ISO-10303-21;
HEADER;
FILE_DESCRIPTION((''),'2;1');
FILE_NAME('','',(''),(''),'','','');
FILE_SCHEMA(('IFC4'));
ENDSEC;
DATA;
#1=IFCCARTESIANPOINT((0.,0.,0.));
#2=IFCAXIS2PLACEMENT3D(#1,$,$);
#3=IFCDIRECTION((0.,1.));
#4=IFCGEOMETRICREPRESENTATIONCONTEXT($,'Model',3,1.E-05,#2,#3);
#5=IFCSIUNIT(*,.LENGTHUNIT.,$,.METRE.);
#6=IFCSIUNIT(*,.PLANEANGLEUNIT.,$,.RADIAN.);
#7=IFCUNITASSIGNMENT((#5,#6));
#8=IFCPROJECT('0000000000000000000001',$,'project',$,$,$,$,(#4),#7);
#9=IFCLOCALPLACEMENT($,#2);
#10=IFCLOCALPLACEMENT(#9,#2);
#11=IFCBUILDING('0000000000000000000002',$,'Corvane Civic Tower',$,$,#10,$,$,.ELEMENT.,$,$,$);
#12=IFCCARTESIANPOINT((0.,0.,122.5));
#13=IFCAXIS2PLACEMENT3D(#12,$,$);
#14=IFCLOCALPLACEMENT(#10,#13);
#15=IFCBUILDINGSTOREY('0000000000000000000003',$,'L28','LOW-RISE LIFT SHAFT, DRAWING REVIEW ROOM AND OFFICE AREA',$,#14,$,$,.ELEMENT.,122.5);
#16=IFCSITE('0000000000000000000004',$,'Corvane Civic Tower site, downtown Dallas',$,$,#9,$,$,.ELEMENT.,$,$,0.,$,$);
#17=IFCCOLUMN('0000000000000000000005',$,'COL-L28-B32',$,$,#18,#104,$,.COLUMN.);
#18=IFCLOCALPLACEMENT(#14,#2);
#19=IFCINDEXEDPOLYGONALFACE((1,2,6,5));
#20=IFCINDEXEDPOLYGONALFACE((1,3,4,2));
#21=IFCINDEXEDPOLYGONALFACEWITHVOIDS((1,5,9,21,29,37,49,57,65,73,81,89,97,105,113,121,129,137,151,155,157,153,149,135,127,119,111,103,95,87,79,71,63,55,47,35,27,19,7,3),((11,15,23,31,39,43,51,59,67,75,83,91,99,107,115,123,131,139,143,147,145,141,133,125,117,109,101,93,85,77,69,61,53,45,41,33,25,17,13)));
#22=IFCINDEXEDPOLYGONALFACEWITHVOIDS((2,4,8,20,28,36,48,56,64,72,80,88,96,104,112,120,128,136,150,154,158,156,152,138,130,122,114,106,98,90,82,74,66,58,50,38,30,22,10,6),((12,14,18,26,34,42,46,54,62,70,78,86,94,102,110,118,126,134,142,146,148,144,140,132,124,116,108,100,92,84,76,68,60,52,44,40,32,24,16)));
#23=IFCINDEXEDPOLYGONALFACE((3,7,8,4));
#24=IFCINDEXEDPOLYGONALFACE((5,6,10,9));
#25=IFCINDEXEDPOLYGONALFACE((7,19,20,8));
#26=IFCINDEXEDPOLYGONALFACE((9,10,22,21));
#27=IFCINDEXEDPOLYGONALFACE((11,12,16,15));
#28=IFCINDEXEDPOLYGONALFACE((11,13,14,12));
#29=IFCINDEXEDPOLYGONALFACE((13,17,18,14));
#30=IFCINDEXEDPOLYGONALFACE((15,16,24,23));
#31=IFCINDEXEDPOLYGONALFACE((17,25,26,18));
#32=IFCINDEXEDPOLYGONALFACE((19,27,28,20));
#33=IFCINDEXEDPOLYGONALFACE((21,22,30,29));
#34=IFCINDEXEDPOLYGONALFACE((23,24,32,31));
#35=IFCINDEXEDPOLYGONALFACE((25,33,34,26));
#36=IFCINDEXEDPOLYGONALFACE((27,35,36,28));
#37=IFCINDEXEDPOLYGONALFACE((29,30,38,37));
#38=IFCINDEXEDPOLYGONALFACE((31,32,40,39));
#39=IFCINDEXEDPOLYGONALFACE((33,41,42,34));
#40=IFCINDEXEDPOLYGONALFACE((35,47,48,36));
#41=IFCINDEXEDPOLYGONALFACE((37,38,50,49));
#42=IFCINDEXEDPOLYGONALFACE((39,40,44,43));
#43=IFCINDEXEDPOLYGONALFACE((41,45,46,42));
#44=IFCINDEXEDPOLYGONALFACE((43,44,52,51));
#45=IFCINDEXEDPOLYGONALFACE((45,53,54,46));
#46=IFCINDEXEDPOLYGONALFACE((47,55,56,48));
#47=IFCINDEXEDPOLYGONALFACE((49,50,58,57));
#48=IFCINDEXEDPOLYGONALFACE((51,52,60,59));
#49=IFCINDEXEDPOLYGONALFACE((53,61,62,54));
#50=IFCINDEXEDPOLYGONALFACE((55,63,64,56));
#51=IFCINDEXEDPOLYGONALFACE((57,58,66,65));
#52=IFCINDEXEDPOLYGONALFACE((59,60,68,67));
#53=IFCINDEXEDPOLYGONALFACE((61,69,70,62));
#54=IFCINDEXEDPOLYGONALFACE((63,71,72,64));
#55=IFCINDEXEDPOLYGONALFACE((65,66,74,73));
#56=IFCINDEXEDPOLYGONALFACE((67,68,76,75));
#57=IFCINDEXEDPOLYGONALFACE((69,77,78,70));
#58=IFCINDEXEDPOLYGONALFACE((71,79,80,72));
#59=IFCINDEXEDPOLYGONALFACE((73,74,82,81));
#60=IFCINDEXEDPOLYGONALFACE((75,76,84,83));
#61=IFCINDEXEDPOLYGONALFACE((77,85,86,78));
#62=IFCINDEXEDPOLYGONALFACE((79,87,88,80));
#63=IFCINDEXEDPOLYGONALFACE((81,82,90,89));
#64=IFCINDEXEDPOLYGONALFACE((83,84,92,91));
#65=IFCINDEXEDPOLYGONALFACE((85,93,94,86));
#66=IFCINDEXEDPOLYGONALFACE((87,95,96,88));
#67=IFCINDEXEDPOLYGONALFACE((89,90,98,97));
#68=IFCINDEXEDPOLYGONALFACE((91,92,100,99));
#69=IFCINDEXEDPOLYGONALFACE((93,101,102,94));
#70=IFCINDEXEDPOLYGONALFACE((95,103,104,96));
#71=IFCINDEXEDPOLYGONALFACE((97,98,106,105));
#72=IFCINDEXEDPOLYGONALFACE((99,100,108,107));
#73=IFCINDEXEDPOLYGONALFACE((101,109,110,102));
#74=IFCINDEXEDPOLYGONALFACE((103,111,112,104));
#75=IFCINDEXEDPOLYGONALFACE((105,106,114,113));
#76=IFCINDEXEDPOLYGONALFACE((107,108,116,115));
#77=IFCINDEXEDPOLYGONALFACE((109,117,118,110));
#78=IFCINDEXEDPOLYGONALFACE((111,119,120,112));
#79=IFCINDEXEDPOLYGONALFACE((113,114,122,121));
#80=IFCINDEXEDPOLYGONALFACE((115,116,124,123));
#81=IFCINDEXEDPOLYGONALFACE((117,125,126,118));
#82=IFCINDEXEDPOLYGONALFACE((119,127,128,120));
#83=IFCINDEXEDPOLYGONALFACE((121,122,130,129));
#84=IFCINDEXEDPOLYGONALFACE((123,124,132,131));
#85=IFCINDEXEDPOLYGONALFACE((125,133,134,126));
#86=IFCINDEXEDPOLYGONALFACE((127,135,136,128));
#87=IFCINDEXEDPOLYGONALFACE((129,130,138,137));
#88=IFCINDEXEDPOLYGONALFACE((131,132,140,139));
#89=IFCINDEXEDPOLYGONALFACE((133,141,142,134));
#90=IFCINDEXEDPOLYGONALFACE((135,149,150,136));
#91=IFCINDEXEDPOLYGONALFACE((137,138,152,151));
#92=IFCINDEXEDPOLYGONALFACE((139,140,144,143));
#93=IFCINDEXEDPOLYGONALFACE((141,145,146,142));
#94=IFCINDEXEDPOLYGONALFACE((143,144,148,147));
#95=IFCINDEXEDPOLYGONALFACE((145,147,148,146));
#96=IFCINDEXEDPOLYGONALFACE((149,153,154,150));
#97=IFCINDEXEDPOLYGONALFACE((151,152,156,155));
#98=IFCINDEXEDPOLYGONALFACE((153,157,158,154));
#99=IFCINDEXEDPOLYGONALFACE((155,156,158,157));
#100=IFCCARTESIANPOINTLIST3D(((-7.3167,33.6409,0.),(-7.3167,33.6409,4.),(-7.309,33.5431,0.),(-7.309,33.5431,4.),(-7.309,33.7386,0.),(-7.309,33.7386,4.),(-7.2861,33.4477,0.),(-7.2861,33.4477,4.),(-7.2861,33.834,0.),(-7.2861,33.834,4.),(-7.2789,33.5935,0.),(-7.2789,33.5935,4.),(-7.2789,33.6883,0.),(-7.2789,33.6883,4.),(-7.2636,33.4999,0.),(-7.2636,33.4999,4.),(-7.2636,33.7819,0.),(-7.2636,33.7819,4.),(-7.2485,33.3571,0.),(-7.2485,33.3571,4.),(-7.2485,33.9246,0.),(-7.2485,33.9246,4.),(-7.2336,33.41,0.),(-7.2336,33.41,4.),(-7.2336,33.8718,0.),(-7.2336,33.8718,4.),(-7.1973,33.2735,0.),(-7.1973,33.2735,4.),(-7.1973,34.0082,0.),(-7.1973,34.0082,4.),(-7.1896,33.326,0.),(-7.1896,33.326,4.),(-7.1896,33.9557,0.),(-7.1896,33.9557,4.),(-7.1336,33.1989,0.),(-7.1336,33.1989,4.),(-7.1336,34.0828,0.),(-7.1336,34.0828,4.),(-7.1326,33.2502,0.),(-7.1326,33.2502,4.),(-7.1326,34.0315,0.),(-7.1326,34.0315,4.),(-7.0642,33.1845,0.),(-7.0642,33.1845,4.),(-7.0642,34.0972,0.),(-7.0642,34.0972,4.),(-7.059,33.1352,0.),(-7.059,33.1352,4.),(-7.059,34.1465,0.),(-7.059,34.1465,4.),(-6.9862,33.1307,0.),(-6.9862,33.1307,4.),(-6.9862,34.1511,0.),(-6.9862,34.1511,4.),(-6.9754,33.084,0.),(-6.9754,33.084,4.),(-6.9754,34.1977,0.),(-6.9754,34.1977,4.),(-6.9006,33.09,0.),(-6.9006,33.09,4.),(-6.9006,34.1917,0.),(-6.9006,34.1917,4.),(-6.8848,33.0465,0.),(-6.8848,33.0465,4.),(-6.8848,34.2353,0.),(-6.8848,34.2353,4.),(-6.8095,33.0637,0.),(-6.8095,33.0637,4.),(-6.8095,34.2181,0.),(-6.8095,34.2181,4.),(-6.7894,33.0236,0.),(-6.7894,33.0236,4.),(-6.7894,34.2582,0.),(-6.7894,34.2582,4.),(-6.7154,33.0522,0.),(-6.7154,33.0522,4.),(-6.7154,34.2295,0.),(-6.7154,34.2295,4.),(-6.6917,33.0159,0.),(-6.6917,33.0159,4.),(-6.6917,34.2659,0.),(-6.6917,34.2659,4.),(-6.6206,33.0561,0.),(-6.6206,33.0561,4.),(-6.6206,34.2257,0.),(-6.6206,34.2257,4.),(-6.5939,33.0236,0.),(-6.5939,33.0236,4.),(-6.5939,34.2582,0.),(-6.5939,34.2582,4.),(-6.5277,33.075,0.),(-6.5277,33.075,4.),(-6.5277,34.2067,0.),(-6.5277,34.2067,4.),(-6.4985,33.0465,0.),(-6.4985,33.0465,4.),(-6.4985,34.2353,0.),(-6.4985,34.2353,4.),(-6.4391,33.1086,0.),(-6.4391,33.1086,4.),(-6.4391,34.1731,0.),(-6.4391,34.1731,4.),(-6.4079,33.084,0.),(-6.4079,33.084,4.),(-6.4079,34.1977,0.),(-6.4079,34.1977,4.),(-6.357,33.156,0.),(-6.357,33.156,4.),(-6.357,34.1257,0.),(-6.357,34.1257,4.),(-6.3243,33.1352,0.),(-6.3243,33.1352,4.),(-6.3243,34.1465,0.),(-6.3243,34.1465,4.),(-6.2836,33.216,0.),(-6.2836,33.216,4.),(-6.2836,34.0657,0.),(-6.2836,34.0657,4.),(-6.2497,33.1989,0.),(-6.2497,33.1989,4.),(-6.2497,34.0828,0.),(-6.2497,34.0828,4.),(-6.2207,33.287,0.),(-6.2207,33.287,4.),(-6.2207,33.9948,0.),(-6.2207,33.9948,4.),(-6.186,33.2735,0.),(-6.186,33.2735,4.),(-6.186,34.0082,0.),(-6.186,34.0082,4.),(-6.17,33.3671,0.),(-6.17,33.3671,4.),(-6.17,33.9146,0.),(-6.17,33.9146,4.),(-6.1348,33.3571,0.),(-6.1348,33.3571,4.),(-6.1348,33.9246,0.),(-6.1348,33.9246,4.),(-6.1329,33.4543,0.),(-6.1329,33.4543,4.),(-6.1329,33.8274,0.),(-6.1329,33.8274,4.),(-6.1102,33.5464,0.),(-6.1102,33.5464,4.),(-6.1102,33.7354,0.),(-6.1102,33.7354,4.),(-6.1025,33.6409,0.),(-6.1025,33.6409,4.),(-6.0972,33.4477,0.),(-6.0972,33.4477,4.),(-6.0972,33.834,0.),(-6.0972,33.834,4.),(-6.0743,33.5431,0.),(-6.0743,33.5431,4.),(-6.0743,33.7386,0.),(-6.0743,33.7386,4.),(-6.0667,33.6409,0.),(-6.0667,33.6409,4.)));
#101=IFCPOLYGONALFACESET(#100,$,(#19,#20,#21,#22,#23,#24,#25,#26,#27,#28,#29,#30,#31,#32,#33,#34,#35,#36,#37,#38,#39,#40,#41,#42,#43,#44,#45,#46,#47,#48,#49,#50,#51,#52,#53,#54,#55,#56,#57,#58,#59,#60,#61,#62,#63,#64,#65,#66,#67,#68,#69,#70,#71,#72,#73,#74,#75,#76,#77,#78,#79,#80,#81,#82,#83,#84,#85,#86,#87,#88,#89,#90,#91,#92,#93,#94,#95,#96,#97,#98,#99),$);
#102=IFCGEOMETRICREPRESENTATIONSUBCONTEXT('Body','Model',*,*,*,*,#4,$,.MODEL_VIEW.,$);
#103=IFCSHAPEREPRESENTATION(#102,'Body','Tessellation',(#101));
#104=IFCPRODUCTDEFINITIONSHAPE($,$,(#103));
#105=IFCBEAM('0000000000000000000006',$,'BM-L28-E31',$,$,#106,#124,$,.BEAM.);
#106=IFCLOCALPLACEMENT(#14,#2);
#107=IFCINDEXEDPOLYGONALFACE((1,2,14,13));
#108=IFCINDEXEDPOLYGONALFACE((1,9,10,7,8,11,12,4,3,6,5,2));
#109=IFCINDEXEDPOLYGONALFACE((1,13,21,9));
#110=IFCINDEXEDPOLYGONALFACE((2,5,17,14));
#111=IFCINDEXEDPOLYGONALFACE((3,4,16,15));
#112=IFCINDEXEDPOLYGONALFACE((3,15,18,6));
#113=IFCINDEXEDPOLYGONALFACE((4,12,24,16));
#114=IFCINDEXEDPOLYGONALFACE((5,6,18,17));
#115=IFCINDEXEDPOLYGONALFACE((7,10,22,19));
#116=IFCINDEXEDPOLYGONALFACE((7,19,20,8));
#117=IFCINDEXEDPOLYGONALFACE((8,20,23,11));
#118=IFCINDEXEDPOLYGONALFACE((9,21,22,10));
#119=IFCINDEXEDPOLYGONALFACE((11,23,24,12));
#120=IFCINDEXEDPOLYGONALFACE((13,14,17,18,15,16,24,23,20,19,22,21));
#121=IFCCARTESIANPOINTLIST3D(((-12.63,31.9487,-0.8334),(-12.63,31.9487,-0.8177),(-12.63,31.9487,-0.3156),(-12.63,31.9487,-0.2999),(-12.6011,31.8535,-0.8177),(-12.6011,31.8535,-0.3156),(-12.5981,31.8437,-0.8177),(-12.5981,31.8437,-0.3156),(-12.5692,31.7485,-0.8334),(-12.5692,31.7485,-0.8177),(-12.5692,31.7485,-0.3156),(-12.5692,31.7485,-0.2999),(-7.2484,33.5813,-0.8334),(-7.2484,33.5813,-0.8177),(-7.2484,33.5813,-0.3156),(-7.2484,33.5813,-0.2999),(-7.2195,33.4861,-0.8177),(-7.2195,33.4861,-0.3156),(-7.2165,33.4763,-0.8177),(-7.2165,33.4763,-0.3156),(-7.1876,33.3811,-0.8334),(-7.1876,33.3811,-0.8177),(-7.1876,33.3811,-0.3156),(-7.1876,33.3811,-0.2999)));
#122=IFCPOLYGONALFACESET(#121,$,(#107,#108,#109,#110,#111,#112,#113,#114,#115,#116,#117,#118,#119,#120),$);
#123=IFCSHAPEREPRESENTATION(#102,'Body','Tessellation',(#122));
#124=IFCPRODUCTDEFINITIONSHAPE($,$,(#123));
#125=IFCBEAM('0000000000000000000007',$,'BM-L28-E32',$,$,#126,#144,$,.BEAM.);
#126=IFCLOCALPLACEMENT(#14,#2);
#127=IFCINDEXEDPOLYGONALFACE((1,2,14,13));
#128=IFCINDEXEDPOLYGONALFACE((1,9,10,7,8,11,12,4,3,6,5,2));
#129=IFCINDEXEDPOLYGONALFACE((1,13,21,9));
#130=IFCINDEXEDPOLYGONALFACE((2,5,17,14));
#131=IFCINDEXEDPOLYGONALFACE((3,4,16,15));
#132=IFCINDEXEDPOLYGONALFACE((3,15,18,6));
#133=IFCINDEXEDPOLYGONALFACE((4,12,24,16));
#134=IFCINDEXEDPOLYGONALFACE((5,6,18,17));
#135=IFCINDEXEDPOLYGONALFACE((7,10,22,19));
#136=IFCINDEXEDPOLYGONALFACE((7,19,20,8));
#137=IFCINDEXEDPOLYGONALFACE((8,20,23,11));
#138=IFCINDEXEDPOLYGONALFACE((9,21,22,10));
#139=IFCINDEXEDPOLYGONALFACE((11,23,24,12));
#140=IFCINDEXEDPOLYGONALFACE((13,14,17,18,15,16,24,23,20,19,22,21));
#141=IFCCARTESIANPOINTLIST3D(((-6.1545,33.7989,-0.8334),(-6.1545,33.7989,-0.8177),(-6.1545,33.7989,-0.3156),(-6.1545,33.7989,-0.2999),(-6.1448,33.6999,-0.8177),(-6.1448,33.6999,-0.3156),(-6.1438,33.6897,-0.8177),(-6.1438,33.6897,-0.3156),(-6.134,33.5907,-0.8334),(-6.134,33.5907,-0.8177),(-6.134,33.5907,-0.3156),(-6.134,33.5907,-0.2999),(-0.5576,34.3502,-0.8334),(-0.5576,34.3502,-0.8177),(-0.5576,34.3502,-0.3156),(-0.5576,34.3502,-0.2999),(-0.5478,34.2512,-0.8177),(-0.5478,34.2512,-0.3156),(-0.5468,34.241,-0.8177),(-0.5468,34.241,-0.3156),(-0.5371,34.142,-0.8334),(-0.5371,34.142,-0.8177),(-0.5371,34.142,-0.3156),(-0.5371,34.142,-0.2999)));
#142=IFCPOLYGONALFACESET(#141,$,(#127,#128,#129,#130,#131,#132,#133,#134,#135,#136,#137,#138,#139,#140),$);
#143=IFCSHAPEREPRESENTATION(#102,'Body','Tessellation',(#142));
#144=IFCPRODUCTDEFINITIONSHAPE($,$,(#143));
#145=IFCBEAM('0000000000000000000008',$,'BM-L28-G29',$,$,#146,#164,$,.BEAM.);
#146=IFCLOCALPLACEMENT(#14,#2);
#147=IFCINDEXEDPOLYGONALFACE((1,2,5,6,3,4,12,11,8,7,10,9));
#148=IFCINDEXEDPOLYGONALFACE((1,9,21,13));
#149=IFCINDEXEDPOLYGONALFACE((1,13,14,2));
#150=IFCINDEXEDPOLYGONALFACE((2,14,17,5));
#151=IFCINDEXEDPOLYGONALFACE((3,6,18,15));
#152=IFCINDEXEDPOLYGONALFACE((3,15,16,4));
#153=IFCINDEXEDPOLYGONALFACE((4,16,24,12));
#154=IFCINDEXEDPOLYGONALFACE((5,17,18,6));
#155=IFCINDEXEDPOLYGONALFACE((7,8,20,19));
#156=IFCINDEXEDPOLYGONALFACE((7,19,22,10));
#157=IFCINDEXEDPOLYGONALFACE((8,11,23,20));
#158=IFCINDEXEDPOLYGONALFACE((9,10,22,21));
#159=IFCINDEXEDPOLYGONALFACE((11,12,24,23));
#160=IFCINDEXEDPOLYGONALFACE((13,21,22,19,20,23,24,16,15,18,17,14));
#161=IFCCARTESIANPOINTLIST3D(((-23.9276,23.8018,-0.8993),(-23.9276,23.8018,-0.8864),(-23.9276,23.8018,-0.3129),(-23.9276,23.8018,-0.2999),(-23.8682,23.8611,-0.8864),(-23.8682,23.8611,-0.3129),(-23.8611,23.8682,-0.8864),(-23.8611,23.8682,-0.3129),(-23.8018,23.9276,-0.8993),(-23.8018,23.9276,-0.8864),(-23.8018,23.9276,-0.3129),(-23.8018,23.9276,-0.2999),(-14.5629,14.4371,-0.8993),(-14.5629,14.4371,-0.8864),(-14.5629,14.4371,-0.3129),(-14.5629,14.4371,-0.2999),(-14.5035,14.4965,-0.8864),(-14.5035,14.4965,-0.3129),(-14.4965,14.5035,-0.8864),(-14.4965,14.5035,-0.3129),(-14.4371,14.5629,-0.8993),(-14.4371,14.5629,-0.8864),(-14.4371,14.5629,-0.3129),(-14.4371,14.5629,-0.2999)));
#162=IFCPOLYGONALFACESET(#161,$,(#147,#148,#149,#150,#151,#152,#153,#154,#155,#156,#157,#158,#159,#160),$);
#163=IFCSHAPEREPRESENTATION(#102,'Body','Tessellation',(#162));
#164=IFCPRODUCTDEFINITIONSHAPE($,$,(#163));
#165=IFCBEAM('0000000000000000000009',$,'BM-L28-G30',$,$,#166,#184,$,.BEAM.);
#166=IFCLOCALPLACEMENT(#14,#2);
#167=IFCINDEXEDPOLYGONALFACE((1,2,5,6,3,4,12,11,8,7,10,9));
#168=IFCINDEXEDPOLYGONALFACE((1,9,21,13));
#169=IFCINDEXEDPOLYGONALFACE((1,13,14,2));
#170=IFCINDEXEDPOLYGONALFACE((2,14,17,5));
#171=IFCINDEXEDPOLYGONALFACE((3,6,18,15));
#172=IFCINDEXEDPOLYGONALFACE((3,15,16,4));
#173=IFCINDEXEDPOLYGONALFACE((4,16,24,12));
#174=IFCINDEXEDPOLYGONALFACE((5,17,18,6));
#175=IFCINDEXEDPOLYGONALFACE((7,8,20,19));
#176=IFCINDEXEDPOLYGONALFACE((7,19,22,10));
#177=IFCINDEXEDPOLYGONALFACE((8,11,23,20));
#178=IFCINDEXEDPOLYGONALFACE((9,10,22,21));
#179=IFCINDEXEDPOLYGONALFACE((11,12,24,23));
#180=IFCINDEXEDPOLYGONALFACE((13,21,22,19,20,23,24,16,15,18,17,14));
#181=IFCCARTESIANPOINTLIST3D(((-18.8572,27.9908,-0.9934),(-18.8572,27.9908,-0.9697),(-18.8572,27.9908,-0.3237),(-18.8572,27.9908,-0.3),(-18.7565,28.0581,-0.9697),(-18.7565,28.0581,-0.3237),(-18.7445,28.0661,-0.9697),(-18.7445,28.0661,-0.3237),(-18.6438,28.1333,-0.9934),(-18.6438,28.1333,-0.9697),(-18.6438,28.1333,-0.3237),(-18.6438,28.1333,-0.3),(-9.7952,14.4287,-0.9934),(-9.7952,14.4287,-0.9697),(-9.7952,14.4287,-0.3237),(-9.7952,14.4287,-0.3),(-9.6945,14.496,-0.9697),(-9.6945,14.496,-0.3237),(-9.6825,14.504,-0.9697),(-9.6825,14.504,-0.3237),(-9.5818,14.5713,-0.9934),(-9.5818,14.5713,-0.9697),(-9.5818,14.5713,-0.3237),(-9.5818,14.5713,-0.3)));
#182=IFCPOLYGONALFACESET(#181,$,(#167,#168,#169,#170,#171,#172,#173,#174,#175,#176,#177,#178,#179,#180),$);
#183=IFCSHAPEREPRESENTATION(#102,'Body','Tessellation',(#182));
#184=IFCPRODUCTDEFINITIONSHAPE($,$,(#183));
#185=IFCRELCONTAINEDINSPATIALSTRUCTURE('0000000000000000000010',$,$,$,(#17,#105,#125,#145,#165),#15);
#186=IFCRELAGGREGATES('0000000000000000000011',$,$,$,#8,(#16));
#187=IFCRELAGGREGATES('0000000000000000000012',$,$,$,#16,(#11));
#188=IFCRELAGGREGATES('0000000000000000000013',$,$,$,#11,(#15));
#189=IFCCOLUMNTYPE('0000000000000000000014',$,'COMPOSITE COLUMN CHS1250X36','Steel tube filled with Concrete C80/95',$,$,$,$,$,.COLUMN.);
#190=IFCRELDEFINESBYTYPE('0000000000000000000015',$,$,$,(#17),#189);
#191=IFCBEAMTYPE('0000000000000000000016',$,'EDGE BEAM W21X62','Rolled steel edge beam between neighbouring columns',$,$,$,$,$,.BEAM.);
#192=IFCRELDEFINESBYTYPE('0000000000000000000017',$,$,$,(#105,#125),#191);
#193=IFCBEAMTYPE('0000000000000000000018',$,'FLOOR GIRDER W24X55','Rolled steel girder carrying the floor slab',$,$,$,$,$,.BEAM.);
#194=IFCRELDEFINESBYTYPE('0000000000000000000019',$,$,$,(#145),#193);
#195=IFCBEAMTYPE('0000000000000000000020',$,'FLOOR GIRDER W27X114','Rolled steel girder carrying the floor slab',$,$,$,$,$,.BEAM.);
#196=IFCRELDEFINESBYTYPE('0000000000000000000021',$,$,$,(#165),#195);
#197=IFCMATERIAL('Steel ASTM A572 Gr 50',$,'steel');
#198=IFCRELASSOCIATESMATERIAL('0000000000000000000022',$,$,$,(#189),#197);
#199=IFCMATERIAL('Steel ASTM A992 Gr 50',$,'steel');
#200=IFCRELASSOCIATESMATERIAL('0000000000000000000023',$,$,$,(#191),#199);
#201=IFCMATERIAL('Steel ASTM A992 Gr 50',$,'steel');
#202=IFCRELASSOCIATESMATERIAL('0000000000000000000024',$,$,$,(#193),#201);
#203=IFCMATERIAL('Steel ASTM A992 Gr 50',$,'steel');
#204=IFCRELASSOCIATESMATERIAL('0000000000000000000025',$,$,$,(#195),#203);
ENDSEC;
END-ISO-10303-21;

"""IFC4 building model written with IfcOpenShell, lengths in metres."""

from ifc_helpers import new_model, si_unit, direction, frame, origin, origin_2d, place, context, subcontext, project, spatial, hollow_circle, i_section, extrude, material, material_profile, profile_set, type_object, element, save


model = new_model("IFC4")

# Units and contexts
model_context = context("Model", 3, precision=1e-05, world=origin(), true_north=direction((0.0, 1.0)))
body_context = subcontext(model_context, "Body", "Model", "MODEL_VIEW")
ifc_project = project(units=[si_unit("LENGTHUNIT", "METRE"), si_unit("PLANEANGLEUNIT", "RADIAN")], contexts=[model_context])

# Site, building, storey
site_placement = place(None, origin())
site = spatial("IfcSite", under=ifc_project, at=site_placement, Name="Corvane Civic Tower site, downtown Dallas", CompositionType="ELEMENT", RefElevation=0.0)
building_placement = place(site_placement, origin())
building = spatial("IfcBuilding", under=site, at=building_placement, Name="Corvane Civic Tower", CompositionType="ELEMENT")
storey_placement = place(building_placement, frame((0.0, 0.0, 122.5)))
storey = spatial("IfcBuildingStorey", under=building, at=storey_placement, Name="L28", Description="LOW-RISE LIFT SHAFT, DRAWING REVIEW ROOM AND OFFICE AREA", CompositionType="ELEMENT", Elevation=122.5)

# Column
ifc_material_1 = material(Name="Steel ASTM A572 Gr 50", Category="steel")
ifc_material_profile_1 = material_profile(ifc_material_1, hollow_circle(Radius=0.625, WallThickness=0.0359, at=origin_2d()), Name="CHS1250X36")
ifc_profile_set_1 = profile_set([ifc_material_profile_1], Name="Steel ASTM A572 Gr 50")
column_type = type_object("IfcColumnType", Name="COMPOSITE COLUMN CHS1250X36", Description="Steel tube filled with Concrete C80/95", PredefinedType="COLUMN", material=ifc_profile_set_1)
for number, where, z_axis, x_axis, name in (
    (1, (-6.6917, 33.6409, 0.0), (0.0, 0.0, 1.0), (1.0, 0.0, 0.0), "COL-L28-B32"),
):
    element("IfcColumn", number, at=place(storey_placement, frame(where, z_axis=z_axis, x_axis=x_axis)), inside=storey, type_object=column_type, Name=name, PredefinedType="COLUMN", context=body_context, shape_type="SweptSolid", body=[
        extrude(hollow_circle(Radius=0.625, WallThickness=0.0359, at=origin_2d()), origin(), (0.0, 0.0, 1.0), 4.0),
    ])

# Beams
ifc_material_2 = material(Name="Steel ASTM A992 Gr 50", Category="steel")
ifc_material_profile_2 = material_profile(ifc_material_2, i_section(OverallWidth=0.2092, OverallDepth=0.5334, WebThickness=0.0103, FlangeThickness=0.0156, at=origin_2d()), Name="W21X62")
ifc_profile_set_2 = profile_set([ifc_material_profile_2], Name="Steel ASTM A992 Gr 50")
beam_type_1 = type_object("IfcBeamType", Name="EDGE BEAM W21X62", Description="Rolled steel edge beam between neighbouring columns", PredefinedType="BEAM", material=ifc_profile_set_2)
beam_1_placement = place(storey_placement, frame((-12.5996, 31.8486, -0.5667), z_axis=(0.956936, 0.290298, 0.0), x_axis=(-0.290298, 0.956936, 0.0)))
element("IfcBeam", 2, at=beam_1_placement, inside=storey, type_object=beam_type_1, Name="BM-L28-E31", PredefinedType="BEAM", context=body_context, shape_type="SweptSolid", body=[
    extrude(i_section(OverallWidth=0.2092, OverallDepth=0.5334, WebThickness=0.0103, FlangeThickness=0.0156, at=origin_2d()), origin(), (0.0, 0.0, 1.0), 5.6238),
])
beam_2_placement = place(storey_placement, frame((-6.1443, 33.6948, -0.5667), z_axis=(0.995184, 0.098021, 0.0), x_axis=(-0.098021, 0.995184, 0.0)))
element("IfcBeam", 3, at=beam_2_placement, inside=storey, type_object=beam_type_1, Name="BM-L28-E32", PredefinedType="BEAM", context=body_context, shape_type="SweptSolid", body=[
    extrude(i_section(OverallWidth=0.2092, OverallDepth=0.5334, WebThickness=0.0103, FlangeThickness=0.0156, at=origin_2d()), origin(), (0.0, 0.0, 1.0), 5.624),
])
ifc_material_3 = material(Name="Steel ASTM A992 Gr 50", Category="steel")
ifc_material_profile_3 = material_profile(ifc_material_3, i_section(OverallWidth=0.178, OverallDepth=0.5994, WebThickness=0.01, FlangeThickness=0.0129, at=origin_2d()), Name="W24X55")
ifc_profile_set_3 = profile_set([ifc_material_profile_3], Name="Steel ASTM A992 Gr 50")
beam_type_2 = type_object("IfcBeamType", Name="FLOOR GIRDER W24X55", Description="Rolled steel girder carrying the floor slab", PredefinedType="BEAM", material=ifc_profile_set_3)
beam_3_placement = place(storey_placement, frame((-14.5, 14.5, -0.5996), z_axis=(-0.707107, 0.707107, 0.0), x_axis=(-0.707107, -0.707107, 0.0)))
element("IfcBeam", 4, at=beam_3_placement, inside=storey, type_object=beam_type_2, Name="BM-L28-G29", PredefinedType="BEAM", context=body_context, shape_type="SweptSolid", body=[
    extrude(i_section(OverallWidth=0.178, OverallDepth=0.5994, WebThickness=0.01, FlangeThickness=0.0129, at=origin_2d()), origin(), (0.0, 0.0, 1.0), 13.2437),
])
ifc_material_4 = material(Name="Steel ASTM A992 Gr 50", Category="steel")
ifc_material_profile_4 = material_profile(ifc_material_4, i_section(OverallWidth=0.2566, OverallDepth=0.6934, WebThickness=0.0144, FlangeThickness=0.0237, at=origin_2d()), Name="W27X114")
ifc_profile_set_4 = profile_set([ifc_material_profile_4], Name="Steel ASTM A992 Gr 50")
beam_type_3 = type_object("IfcBeamType", Name="FLOOR GIRDER W27X114", Description="Rolled steel girder carrying the floor slab", PredefinedType="BEAM", material=ifc_profile_set_4)
beam_4_placement = place(storey_placement, frame((-9.6885, 14.5, -0.6467), z_axis=(-0.555577, 0.831465, 0.0), x_axis=(-0.831465, -0.555577, 0.0)))
element("IfcBeam", 5, at=beam_4_placement, inside=storey, type_object=beam_type_3, Name="BM-L28-G30", PredefinedType="BEAM", context=body_context, shape_type="SweptSolid", body=[
    extrude(i_section(OverallWidth=0.2566, OverallDepth=0.6934, WebThickness=0.0144, FlangeThickness=0.0237, at=origin_2d()), origin(), (0.0, 0.0, 1.0), 16.311),
])

save(model, "model.ifc")
